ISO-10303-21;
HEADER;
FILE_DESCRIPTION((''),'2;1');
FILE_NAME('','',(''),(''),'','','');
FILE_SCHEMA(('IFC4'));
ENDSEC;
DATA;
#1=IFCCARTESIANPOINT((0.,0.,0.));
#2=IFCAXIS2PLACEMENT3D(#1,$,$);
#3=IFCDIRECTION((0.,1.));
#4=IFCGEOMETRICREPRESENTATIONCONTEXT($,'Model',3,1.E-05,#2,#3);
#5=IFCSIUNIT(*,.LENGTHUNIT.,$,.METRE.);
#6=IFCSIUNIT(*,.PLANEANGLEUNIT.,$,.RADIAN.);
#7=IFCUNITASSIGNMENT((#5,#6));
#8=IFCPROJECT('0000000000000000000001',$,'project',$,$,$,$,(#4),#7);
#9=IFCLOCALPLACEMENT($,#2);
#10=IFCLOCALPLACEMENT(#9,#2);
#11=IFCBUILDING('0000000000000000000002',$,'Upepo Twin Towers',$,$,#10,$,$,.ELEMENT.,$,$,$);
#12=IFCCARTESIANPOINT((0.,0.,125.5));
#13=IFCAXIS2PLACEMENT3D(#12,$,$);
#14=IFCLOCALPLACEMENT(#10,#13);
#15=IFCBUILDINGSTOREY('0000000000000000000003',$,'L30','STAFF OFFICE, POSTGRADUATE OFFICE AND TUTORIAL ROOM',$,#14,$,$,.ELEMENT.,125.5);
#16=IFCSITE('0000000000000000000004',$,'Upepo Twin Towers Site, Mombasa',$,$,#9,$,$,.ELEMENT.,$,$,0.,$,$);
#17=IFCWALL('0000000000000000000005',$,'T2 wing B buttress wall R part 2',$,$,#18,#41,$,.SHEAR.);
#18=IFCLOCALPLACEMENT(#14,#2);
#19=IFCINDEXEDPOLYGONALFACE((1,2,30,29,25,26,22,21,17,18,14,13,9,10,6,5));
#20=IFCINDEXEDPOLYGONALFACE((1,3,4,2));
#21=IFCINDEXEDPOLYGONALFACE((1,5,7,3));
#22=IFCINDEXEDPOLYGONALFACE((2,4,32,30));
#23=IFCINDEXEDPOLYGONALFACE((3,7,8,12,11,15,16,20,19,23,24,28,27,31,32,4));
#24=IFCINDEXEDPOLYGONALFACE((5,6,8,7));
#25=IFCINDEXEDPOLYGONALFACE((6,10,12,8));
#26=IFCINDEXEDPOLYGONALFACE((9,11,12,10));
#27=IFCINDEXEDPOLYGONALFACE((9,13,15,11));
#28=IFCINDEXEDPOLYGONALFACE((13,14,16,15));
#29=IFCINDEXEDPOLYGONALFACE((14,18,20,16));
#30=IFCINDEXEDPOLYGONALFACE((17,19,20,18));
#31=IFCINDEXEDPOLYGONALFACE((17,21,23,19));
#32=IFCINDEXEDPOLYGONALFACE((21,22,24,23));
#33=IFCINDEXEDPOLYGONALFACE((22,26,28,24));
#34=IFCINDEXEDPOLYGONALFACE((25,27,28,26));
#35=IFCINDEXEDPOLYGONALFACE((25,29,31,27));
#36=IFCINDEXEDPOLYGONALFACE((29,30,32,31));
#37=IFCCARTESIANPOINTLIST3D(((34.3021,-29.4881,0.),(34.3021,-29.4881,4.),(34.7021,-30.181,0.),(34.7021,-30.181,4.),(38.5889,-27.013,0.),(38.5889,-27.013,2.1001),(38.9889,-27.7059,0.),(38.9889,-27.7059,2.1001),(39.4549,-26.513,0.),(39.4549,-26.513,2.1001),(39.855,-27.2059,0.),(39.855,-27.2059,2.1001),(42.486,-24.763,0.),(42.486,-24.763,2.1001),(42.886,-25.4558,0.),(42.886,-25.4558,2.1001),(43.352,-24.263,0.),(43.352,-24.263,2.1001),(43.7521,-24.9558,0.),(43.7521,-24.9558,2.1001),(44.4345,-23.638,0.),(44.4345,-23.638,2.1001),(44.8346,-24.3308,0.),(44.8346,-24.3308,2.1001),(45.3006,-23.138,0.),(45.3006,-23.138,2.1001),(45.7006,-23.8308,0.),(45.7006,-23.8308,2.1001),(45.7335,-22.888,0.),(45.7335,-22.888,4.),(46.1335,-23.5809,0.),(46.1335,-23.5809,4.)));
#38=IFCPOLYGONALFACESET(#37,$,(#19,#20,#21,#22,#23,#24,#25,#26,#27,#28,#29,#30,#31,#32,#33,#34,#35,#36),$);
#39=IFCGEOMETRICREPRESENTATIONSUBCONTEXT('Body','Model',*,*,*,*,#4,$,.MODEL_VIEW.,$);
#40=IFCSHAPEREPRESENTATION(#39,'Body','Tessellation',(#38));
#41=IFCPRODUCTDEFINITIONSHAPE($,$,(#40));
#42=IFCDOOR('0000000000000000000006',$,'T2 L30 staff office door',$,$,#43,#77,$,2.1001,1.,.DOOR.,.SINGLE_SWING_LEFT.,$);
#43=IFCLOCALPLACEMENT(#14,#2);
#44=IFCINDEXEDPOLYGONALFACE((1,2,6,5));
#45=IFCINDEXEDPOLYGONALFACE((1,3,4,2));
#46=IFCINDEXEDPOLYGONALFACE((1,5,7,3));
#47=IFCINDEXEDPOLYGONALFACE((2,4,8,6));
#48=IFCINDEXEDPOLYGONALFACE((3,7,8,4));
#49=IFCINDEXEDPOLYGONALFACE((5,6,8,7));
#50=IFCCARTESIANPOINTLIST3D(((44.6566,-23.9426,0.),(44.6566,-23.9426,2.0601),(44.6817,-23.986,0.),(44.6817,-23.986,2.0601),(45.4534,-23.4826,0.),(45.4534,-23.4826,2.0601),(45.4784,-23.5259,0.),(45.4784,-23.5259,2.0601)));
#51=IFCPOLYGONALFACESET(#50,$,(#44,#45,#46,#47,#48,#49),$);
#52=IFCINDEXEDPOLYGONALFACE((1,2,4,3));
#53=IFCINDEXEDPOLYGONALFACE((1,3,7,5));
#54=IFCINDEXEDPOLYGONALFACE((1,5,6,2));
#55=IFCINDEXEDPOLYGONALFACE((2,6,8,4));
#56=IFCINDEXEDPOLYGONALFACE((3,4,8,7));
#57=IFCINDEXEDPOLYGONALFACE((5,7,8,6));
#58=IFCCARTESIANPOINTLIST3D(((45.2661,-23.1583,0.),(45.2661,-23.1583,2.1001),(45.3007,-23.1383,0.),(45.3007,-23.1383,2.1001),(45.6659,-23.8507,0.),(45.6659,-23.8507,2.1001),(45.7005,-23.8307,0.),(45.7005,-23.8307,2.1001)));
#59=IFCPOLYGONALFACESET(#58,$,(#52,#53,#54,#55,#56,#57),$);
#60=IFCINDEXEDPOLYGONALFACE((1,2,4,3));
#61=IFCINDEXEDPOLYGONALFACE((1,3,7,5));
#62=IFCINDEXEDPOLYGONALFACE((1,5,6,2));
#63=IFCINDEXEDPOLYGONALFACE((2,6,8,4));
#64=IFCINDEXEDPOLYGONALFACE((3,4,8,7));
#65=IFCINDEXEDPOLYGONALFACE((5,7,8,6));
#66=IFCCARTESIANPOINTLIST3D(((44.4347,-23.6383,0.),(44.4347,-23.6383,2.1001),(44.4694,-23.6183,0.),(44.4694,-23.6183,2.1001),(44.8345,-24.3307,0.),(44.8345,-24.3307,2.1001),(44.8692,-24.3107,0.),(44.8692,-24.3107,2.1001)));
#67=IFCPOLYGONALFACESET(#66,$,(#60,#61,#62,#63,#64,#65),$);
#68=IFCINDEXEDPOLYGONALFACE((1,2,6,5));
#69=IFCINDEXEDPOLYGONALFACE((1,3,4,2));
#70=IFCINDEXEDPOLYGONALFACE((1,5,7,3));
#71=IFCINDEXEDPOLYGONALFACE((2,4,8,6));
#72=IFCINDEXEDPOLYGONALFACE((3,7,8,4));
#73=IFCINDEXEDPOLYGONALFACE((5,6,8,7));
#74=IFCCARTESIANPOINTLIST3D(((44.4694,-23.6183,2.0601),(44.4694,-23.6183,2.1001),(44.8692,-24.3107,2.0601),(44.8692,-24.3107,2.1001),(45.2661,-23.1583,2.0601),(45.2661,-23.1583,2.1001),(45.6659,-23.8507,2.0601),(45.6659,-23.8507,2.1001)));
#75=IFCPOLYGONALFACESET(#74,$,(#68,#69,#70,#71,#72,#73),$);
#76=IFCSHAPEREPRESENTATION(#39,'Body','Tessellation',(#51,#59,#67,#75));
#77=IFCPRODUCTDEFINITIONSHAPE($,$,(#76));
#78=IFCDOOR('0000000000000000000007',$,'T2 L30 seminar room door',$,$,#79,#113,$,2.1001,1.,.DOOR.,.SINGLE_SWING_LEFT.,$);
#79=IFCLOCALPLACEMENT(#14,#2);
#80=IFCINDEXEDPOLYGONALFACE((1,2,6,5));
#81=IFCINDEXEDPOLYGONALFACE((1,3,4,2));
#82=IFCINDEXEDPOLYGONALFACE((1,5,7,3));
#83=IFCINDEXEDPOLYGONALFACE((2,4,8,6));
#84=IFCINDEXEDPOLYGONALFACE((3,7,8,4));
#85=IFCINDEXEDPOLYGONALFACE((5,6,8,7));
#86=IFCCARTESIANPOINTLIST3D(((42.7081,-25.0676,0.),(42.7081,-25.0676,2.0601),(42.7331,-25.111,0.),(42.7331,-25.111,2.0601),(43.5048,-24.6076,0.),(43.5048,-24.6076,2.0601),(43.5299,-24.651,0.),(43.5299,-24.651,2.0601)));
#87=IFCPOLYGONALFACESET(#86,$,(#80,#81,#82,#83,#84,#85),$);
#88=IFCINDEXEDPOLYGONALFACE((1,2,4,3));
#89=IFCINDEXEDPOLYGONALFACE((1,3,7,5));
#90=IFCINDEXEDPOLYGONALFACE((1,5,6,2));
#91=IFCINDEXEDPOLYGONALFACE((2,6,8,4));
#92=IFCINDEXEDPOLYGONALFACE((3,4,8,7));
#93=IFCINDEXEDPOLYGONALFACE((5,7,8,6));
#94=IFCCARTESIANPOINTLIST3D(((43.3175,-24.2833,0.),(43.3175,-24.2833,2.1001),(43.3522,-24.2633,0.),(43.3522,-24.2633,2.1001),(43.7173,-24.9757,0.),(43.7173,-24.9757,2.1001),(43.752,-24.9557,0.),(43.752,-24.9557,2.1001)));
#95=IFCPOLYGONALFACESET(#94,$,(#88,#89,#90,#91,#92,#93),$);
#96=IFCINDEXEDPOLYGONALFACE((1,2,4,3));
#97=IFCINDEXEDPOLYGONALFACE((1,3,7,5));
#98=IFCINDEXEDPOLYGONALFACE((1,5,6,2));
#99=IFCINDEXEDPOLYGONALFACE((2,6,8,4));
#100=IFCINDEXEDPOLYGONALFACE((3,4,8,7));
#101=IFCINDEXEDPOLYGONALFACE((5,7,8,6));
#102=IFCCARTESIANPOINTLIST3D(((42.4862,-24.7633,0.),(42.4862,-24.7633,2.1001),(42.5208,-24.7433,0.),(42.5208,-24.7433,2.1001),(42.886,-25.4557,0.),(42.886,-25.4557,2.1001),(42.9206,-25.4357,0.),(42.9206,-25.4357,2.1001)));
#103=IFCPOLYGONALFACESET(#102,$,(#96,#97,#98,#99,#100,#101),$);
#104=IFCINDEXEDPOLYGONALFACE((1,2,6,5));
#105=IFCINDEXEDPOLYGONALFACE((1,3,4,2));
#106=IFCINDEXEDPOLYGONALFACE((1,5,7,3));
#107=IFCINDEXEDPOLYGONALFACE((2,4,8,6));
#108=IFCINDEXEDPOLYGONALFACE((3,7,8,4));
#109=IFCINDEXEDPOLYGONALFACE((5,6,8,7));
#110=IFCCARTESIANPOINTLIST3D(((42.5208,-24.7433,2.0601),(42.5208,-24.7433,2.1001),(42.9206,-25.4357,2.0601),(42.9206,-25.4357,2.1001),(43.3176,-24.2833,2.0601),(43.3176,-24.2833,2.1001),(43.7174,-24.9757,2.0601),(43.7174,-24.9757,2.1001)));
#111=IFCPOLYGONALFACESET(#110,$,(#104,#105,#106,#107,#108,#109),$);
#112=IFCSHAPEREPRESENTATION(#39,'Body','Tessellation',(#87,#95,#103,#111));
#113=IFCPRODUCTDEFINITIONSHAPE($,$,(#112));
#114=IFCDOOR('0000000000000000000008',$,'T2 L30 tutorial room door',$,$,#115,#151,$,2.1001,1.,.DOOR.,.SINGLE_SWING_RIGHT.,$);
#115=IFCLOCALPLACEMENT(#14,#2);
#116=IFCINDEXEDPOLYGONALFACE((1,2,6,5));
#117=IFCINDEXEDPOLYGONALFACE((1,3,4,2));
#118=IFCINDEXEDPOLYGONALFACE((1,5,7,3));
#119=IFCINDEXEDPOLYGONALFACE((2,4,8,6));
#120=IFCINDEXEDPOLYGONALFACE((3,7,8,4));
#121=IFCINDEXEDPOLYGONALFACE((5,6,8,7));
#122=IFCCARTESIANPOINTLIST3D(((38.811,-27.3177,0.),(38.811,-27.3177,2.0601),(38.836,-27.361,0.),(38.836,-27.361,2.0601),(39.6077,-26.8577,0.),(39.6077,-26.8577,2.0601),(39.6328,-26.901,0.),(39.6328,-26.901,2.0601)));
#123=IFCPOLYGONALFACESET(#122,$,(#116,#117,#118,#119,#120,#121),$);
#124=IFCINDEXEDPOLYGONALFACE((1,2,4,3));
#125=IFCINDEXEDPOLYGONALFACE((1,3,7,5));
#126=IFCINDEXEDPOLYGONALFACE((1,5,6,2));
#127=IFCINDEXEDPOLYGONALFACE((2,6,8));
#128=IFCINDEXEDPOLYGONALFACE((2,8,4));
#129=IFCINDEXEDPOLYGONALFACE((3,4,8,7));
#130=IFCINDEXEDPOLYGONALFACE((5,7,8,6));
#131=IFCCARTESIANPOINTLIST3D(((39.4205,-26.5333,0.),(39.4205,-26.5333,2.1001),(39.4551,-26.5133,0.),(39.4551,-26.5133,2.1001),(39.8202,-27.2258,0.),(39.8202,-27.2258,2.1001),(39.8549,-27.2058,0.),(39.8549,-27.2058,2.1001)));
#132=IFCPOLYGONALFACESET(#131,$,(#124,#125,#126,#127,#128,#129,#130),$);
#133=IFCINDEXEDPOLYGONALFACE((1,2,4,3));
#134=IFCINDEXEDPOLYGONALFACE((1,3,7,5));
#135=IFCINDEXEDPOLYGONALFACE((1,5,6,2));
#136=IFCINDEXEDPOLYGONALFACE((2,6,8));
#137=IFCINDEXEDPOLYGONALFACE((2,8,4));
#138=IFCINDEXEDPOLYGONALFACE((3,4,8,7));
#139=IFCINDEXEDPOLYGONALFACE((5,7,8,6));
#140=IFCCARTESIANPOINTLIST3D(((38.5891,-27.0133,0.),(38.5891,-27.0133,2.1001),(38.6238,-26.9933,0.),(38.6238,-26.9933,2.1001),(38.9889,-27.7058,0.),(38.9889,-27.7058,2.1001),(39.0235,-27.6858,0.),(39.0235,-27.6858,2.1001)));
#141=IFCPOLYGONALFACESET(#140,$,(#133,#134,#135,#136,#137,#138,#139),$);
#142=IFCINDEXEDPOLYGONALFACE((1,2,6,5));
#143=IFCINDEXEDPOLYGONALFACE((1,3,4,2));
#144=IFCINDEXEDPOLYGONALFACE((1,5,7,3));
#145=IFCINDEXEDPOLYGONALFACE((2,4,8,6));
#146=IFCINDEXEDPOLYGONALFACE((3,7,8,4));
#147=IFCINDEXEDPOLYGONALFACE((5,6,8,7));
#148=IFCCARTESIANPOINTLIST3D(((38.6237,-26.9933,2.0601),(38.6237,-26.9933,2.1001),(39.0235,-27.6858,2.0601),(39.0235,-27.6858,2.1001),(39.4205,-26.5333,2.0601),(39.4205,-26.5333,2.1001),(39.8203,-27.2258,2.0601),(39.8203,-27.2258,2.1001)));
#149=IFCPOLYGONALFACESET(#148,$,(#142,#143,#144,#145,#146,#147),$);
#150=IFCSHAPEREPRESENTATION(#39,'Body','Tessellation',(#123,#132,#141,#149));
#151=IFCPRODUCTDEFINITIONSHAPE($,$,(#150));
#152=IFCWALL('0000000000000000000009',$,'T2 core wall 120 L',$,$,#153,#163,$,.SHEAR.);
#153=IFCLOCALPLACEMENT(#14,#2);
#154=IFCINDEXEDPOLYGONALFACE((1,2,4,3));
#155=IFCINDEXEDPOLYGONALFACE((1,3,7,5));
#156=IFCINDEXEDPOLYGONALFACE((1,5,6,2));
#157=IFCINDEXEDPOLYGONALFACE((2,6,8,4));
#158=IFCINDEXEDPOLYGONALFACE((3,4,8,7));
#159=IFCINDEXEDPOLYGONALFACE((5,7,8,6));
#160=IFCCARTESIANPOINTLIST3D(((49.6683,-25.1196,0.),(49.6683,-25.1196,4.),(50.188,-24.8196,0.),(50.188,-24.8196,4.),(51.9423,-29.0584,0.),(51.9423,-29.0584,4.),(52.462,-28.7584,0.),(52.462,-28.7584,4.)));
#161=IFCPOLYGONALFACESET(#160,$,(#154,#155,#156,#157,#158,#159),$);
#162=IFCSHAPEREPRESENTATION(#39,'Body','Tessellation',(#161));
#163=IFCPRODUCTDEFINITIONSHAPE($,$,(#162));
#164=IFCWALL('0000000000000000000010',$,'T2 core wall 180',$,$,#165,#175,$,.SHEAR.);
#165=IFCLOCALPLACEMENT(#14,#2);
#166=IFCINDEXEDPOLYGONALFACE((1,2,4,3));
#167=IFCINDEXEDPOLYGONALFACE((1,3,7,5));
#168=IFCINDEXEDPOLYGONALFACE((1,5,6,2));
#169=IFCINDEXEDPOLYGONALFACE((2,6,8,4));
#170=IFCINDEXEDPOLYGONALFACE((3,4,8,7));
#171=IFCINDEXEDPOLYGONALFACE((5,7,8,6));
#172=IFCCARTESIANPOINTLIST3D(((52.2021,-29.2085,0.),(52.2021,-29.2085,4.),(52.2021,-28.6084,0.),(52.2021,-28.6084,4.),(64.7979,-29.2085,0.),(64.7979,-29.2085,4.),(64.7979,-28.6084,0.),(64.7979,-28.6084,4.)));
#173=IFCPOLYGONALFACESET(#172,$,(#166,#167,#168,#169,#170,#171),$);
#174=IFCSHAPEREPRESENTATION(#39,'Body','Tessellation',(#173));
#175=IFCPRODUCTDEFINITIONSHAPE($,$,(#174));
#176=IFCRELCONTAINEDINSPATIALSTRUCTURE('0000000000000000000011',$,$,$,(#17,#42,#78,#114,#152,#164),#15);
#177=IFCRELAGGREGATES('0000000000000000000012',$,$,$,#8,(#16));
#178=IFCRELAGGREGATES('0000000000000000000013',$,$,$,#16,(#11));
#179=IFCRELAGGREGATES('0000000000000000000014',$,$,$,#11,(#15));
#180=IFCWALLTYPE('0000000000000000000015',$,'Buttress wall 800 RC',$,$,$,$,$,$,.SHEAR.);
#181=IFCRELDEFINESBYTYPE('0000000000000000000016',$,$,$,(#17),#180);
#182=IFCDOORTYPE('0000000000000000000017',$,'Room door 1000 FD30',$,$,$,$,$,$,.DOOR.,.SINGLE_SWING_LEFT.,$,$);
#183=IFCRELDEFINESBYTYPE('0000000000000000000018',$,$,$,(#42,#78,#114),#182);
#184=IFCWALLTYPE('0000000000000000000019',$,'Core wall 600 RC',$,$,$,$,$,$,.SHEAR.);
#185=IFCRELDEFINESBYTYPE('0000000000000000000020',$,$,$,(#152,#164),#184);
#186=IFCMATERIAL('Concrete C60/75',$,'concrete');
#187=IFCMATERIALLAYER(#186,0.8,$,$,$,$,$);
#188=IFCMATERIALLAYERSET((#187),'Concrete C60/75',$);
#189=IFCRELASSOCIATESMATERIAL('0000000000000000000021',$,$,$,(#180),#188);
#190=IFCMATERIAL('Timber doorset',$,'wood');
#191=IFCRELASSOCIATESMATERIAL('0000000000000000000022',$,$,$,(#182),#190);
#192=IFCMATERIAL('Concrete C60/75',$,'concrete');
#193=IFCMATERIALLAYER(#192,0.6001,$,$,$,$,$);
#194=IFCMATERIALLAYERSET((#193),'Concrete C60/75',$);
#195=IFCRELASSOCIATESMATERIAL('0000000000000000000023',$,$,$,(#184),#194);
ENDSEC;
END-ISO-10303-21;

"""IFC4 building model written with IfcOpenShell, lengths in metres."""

from ifc_helpers import new_model, si_unit, direction, frame, frame_2d, origin, place, context, subcontext, project, spatial, rectangle, extrude, material, layer, layer_set, type_object, element, fill, save


model = new_model("IFC4")

# Units and contexts
model_context = context("Model", 3, precision=1e-05, world=origin(), true_north=direction((0.0, 1.0)))
body_context = subcontext(model_context, "Body", "Model", "MODEL_VIEW")
ifc_project = project(units=[si_unit("LENGTHUNIT", "METRE"), si_unit("PLANEANGLEUNIT", "RADIAN")], contexts=[model_context])

# Site, building, storey
site_placement = place(None, origin())
site = spatial("IfcSite", under=ifc_project, at=site_placement, Name="Upepo Twin Towers Site, Mombasa", CompositionType="ELEMENT", RefElevation=0.0)
building_placement = place(site_placement, origin())
building = spatial("IfcBuilding", under=site, at=building_placement, Name="Upepo Twin Towers", CompositionType="ELEMENT")
storey_placement = place(building_placement, frame((0.0, 0.0, 125.5)))
storey = spatial("IfcBuildingStorey", under=building, at=storey_placement, Name="L30", Description="STAFF OFFICE, POSTGRADUATE OFFICE AND TUTORIAL ROOM", CompositionType="ELEMENT", Elevation=125.5)

# Wall, openings, doors
ifc_material_1 = material(Name="Concrete C60/75", Category="concrete")
ifc_layer_1 = layer(ifc_material_1, 0.8)
ifc_layer_set_1 = layer_set([ifc_layer_1], Name="Concrete C60/75")
wall_type_1 = type_object("IfcWallType", Name="Buttress wall 800 RC", PredefinedType="SHEAR", material=ifc_layer_set_1)
ifc_material_2 = material(Name="Timber doorset", Category="wood")
door_type_1 = type_object("IfcDoorType", Name="Room door 1000 FD30", OperationType="SINGLE_SWING_LEFT", PredefinedType="DOOR", material=ifc_material_2)
wall_1_placement = place(storey_placement, frame((45.9336, -23.2344, 0.0), z_axis=(0.0, 0.0, 1.0), x_axis=(-0.86602, -0.50001, 0.0)))
wall_1 = element("IfcWall", 1, at=wall_1_placement, inside=storey, type_object=wall_type_1, Name="T2 wing B buttress wall R part 2", PredefinedType="SHEAR", context=body_context, shape_type="SweptSolid", body=[
    extrude(rectangle(XDim=13.2, YDim=0.8, at=frame_2d((6.6001, 0.0))), origin(), (0.0, 0.0, 1.0), 4.0),
])
opening_1_placement = place(wall_1_placement, frame((0.5, 0.0, 0.0)))
opening_1 = element("IfcOpeningElement", 2, at=opening_1_placement, cuts=wall_1, PredefinedType="OPENING", context=body_context, shape_type="SweptSolid", body=[
    extrude(rectangle(XDim=1.0, YDim=2.1001, at=frame_2d((0.5, 1.05))), frame((0.0, 0.4099, 0.0), z_axis=(0.0, -1.0, 0.0), x_axis=(1.0, 0.0, 0.0)), (0.0, 0.0, 1.0), 0.8201),
])
opening_2_placement = place(wall_1_placement, frame((2.75, 0.0, 0.0)))
opening_2 = element("IfcOpeningElement", 3, at=opening_2_placement, cuts=wall_1, PredefinedType="OPENING", context=body_context, shape_type="SweptSolid", body=[
    extrude(rectangle(XDim=1.0, YDim=2.1001, at=frame_2d((0.5, 1.05))), frame((0.0, 0.4099, 0.0), z_axis=(0.0, -1.0, 0.0), x_axis=(1.0, 0.0, 0.0)), (0.0, 0.0, 1.0), 0.8201),
])
opening_3_placement = place(wall_1_placement, frame((7.25, 0.0, 0.0)))
opening_3 = element("IfcOpeningElement", 4, at=opening_3_placement, cuts=wall_1, PredefinedType="OPENING", context=body_context, shape_type="SweptSolid", body=[
    extrude(rectangle(XDim=1.0, YDim=2.1001, at=frame_2d((0.5, 1.05))), frame((0.0, 0.4099, 0.0), z_axis=(0.0, -1.0, 0.0), x_axis=(1.0, 0.0, 0.0)), (0.0, 0.0, 1.0), 0.8201),
])
door_1_placement = place(opening_1_placement, origin())
door_1 = element("IfcDoor", 5, at=door_1_placement, inside=storey, type_object=door_type_1, Name="T2 L30 staff office door", OperationType="SINGLE_SWING_LEFT", OverallHeight=2.1001, OverallWidth=1.0, PredefinedType="DOOR", context=body_context, shape_type="SweptSolid", body=[
    extrude(rectangle(XDim=0.92, YDim=2.0601, at=frame_2d((0.5, 1.03))), frame((0.0, 0.0249, 0.0), z_axis=(0.0, -1.0, 0.0), x_axis=(1.0, 0.0, 0.0)), (0.0, 0.0, 1.0), 0.05),
    extrude(rectangle(XDim=0.04, YDim=2.1001, at=frame_2d((0.02, 1.05))), frame((0.0, 0.3999, 0.0), z_axis=(0.0, -1.0, 0.0), x_axis=(1.0, 0.0, 0.0)), (0.0, 0.0, 1.0), 0.7996),
    extrude(rectangle(XDim=0.04, YDim=2.1001, at=frame_2d((0.98, 1.05))), frame((0.0, 0.3999, 0.0), z_axis=(0.0, -1.0, 0.0), x_axis=(1.0, 0.0, 0.0)), (0.0, 0.0, 1.0), 0.7996),
    extrude(rectangle(XDim=0.92, YDim=0.04, at=frame_2d((0.5, 2.0801))), frame((0.0, 0.3999, 0.0), z_axis=(0.0, -1.0, 0.0), x_axis=(1.0, 0.0, 0.0)), (0.0, 0.0, 1.0), 0.7996),
])
fill(opening_1, door_1)
door_2_placement = place(opening_2_placement, origin())
door_2 = element("IfcDoor", 6, at=door_2_placement, inside=storey, type_object=door_type_1, Name="T2 L30 seminar room door", OperationType="SINGLE_SWING_LEFT", OverallHeight=2.1001, OverallWidth=1.0, PredefinedType="DOOR", context=body_context, shape_type="SweptSolid", body=[
    extrude(rectangle(XDim=0.92, YDim=2.0601, at=frame_2d((0.5, 1.03))), frame((0.0, 0.0249, 0.0), z_axis=(0.0, -1.0, 0.0), x_axis=(1.0, 0.0, 0.0)), (0.0, 0.0, 1.0), 0.05),
    extrude(rectangle(XDim=0.04, YDim=2.1001, at=frame_2d((0.02, 1.05))), frame((0.0, 0.3999, 0.0), z_axis=(0.0, -1.0, 0.0), x_axis=(1.0, 0.0, 0.0)), (0.0, 0.0, 1.0), 0.7996),
    extrude(rectangle(XDim=0.04, YDim=2.1001, at=frame_2d((0.98, 1.05))), frame((0.0, 0.3999, 0.0), z_axis=(0.0, -1.0, 0.0), x_axis=(1.0, 0.0, 0.0)), (0.0, 0.0, 1.0), 0.7996),
    extrude(rectangle(XDim=0.92, YDim=0.04, at=frame_2d((0.5, 2.0801))), frame((0.0, 0.3999, 0.0), z_axis=(0.0, -1.0, 0.0), x_axis=(1.0, 0.0, 0.0)), (0.0, 0.0, 1.0), 0.7996),
])
fill(opening_2, door_2)
door_3_placement = place(opening_3_placement, origin())
door_3 = element("IfcDoor", 7, at=door_3_placement, inside=storey, type_object=door_type_1, Name="T2 L30 tutorial room door", OperationType="SINGLE_SWING_RIGHT", OverallHeight=2.1001, OverallWidth=1.0, PredefinedType="DOOR", context=body_context, shape_type="SweptSolid", body=[
    extrude(rectangle(XDim=0.92, YDim=2.0601, at=frame_2d((0.5, 1.03))), frame((0.0, 0.0249, 0.0), z_axis=(0.0, -1.0, 0.0), x_axis=(1.0, 0.0, 0.0)), (0.0, 0.0, 1.0), 0.05),
    extrude(rectangle(XDim=0.04, YDim=2.1001, at=frame_2d((0.02, 1.05))), frame((0.0, 0.3999, 0.0), z_axis=(0.0, -1.0, 0.0), x_axis=(1.0, 0.0, 0.0)), (0.0, 0.0, 1.0), 0.7996),
    extrude(rectangle(XDim=0.04, YDim=2.1001, at=frame_2d((0.98, 1.05))), frame((0.0, 0.3999, 0.0), z_axis=(0.0, -1.0, 0.0), x_axis=(1.0, 0.0, 0.0)), (0.0, 0.0, 1.0), 0.7996),
    extrude(rectangle(XDim=0.92, YDim=0.04, at=frame_2d((0.5, 2.0801))), frame((0.0, 0.3999, 0.0), z_axis=(0.0, -1.0, 0.0), x_axis=(1.0, 0.0, 0.0)), (0.0, 0.0, 1.0), 0.7996),
])
fill(opening_3, door_3)

# Walls
ifc_material_3 = material(Name="Concrete C60/75", Category="concrete")
ifc_layer_2 = layer(ifc_material_3, 0.6001)
ifc_layer_set_2 = layer_set([ifc_layer_2], Name="Concrete C60/75")
wall_type_2 = type_object("IfcWallType", Name="Core wall 600 RC", PredefinedType="SHEAR", material=ifc_layer_set_2)
wall_2_placement = place(storey_placement, frame((49.9282, -24.9697, 0.0), z_axis=(0.0, 0.0, 1.0), x_axis=(0.499984, -0.866035, 0.0)))
element("IfcWall", 8, at=wall_2_placement, inside=storey, type_object=wall_type_2, Name="T2 core wall 120 L", PredefinedType="SHEAR", context=body_context, shape_type="SweptSolid", body=[
    extrude(rectangle(XDim=4.5481, YDim=0.6001, at=frame_2d((2.2739, 0.0))), origin(), (0.0, 0.0, 1.0), 4.0),
])
wall_3_placement = place(storey_placement, frame((52.2021, -28.9084, 0.0), z_axis=(0.0, 0.0, 1.0), x_axis=(1.0, 0.0, 0.0)))
element("IfcWall", 9, at=wall_3_placement, inside=storey, type_object=wall_type_2, Name="T2 core wall 180", PredefinedType="SHEAR", context=body_context, shape_type="SweptSolid", body=[
    extrude(rectangle(XDim=12.5957, YDim=0.6001, at=frame_2d((6.2979, 0.0))), origin(), (0.0, 0.0, 1.0), 4.0),
])

save(model, "model.ifc")
